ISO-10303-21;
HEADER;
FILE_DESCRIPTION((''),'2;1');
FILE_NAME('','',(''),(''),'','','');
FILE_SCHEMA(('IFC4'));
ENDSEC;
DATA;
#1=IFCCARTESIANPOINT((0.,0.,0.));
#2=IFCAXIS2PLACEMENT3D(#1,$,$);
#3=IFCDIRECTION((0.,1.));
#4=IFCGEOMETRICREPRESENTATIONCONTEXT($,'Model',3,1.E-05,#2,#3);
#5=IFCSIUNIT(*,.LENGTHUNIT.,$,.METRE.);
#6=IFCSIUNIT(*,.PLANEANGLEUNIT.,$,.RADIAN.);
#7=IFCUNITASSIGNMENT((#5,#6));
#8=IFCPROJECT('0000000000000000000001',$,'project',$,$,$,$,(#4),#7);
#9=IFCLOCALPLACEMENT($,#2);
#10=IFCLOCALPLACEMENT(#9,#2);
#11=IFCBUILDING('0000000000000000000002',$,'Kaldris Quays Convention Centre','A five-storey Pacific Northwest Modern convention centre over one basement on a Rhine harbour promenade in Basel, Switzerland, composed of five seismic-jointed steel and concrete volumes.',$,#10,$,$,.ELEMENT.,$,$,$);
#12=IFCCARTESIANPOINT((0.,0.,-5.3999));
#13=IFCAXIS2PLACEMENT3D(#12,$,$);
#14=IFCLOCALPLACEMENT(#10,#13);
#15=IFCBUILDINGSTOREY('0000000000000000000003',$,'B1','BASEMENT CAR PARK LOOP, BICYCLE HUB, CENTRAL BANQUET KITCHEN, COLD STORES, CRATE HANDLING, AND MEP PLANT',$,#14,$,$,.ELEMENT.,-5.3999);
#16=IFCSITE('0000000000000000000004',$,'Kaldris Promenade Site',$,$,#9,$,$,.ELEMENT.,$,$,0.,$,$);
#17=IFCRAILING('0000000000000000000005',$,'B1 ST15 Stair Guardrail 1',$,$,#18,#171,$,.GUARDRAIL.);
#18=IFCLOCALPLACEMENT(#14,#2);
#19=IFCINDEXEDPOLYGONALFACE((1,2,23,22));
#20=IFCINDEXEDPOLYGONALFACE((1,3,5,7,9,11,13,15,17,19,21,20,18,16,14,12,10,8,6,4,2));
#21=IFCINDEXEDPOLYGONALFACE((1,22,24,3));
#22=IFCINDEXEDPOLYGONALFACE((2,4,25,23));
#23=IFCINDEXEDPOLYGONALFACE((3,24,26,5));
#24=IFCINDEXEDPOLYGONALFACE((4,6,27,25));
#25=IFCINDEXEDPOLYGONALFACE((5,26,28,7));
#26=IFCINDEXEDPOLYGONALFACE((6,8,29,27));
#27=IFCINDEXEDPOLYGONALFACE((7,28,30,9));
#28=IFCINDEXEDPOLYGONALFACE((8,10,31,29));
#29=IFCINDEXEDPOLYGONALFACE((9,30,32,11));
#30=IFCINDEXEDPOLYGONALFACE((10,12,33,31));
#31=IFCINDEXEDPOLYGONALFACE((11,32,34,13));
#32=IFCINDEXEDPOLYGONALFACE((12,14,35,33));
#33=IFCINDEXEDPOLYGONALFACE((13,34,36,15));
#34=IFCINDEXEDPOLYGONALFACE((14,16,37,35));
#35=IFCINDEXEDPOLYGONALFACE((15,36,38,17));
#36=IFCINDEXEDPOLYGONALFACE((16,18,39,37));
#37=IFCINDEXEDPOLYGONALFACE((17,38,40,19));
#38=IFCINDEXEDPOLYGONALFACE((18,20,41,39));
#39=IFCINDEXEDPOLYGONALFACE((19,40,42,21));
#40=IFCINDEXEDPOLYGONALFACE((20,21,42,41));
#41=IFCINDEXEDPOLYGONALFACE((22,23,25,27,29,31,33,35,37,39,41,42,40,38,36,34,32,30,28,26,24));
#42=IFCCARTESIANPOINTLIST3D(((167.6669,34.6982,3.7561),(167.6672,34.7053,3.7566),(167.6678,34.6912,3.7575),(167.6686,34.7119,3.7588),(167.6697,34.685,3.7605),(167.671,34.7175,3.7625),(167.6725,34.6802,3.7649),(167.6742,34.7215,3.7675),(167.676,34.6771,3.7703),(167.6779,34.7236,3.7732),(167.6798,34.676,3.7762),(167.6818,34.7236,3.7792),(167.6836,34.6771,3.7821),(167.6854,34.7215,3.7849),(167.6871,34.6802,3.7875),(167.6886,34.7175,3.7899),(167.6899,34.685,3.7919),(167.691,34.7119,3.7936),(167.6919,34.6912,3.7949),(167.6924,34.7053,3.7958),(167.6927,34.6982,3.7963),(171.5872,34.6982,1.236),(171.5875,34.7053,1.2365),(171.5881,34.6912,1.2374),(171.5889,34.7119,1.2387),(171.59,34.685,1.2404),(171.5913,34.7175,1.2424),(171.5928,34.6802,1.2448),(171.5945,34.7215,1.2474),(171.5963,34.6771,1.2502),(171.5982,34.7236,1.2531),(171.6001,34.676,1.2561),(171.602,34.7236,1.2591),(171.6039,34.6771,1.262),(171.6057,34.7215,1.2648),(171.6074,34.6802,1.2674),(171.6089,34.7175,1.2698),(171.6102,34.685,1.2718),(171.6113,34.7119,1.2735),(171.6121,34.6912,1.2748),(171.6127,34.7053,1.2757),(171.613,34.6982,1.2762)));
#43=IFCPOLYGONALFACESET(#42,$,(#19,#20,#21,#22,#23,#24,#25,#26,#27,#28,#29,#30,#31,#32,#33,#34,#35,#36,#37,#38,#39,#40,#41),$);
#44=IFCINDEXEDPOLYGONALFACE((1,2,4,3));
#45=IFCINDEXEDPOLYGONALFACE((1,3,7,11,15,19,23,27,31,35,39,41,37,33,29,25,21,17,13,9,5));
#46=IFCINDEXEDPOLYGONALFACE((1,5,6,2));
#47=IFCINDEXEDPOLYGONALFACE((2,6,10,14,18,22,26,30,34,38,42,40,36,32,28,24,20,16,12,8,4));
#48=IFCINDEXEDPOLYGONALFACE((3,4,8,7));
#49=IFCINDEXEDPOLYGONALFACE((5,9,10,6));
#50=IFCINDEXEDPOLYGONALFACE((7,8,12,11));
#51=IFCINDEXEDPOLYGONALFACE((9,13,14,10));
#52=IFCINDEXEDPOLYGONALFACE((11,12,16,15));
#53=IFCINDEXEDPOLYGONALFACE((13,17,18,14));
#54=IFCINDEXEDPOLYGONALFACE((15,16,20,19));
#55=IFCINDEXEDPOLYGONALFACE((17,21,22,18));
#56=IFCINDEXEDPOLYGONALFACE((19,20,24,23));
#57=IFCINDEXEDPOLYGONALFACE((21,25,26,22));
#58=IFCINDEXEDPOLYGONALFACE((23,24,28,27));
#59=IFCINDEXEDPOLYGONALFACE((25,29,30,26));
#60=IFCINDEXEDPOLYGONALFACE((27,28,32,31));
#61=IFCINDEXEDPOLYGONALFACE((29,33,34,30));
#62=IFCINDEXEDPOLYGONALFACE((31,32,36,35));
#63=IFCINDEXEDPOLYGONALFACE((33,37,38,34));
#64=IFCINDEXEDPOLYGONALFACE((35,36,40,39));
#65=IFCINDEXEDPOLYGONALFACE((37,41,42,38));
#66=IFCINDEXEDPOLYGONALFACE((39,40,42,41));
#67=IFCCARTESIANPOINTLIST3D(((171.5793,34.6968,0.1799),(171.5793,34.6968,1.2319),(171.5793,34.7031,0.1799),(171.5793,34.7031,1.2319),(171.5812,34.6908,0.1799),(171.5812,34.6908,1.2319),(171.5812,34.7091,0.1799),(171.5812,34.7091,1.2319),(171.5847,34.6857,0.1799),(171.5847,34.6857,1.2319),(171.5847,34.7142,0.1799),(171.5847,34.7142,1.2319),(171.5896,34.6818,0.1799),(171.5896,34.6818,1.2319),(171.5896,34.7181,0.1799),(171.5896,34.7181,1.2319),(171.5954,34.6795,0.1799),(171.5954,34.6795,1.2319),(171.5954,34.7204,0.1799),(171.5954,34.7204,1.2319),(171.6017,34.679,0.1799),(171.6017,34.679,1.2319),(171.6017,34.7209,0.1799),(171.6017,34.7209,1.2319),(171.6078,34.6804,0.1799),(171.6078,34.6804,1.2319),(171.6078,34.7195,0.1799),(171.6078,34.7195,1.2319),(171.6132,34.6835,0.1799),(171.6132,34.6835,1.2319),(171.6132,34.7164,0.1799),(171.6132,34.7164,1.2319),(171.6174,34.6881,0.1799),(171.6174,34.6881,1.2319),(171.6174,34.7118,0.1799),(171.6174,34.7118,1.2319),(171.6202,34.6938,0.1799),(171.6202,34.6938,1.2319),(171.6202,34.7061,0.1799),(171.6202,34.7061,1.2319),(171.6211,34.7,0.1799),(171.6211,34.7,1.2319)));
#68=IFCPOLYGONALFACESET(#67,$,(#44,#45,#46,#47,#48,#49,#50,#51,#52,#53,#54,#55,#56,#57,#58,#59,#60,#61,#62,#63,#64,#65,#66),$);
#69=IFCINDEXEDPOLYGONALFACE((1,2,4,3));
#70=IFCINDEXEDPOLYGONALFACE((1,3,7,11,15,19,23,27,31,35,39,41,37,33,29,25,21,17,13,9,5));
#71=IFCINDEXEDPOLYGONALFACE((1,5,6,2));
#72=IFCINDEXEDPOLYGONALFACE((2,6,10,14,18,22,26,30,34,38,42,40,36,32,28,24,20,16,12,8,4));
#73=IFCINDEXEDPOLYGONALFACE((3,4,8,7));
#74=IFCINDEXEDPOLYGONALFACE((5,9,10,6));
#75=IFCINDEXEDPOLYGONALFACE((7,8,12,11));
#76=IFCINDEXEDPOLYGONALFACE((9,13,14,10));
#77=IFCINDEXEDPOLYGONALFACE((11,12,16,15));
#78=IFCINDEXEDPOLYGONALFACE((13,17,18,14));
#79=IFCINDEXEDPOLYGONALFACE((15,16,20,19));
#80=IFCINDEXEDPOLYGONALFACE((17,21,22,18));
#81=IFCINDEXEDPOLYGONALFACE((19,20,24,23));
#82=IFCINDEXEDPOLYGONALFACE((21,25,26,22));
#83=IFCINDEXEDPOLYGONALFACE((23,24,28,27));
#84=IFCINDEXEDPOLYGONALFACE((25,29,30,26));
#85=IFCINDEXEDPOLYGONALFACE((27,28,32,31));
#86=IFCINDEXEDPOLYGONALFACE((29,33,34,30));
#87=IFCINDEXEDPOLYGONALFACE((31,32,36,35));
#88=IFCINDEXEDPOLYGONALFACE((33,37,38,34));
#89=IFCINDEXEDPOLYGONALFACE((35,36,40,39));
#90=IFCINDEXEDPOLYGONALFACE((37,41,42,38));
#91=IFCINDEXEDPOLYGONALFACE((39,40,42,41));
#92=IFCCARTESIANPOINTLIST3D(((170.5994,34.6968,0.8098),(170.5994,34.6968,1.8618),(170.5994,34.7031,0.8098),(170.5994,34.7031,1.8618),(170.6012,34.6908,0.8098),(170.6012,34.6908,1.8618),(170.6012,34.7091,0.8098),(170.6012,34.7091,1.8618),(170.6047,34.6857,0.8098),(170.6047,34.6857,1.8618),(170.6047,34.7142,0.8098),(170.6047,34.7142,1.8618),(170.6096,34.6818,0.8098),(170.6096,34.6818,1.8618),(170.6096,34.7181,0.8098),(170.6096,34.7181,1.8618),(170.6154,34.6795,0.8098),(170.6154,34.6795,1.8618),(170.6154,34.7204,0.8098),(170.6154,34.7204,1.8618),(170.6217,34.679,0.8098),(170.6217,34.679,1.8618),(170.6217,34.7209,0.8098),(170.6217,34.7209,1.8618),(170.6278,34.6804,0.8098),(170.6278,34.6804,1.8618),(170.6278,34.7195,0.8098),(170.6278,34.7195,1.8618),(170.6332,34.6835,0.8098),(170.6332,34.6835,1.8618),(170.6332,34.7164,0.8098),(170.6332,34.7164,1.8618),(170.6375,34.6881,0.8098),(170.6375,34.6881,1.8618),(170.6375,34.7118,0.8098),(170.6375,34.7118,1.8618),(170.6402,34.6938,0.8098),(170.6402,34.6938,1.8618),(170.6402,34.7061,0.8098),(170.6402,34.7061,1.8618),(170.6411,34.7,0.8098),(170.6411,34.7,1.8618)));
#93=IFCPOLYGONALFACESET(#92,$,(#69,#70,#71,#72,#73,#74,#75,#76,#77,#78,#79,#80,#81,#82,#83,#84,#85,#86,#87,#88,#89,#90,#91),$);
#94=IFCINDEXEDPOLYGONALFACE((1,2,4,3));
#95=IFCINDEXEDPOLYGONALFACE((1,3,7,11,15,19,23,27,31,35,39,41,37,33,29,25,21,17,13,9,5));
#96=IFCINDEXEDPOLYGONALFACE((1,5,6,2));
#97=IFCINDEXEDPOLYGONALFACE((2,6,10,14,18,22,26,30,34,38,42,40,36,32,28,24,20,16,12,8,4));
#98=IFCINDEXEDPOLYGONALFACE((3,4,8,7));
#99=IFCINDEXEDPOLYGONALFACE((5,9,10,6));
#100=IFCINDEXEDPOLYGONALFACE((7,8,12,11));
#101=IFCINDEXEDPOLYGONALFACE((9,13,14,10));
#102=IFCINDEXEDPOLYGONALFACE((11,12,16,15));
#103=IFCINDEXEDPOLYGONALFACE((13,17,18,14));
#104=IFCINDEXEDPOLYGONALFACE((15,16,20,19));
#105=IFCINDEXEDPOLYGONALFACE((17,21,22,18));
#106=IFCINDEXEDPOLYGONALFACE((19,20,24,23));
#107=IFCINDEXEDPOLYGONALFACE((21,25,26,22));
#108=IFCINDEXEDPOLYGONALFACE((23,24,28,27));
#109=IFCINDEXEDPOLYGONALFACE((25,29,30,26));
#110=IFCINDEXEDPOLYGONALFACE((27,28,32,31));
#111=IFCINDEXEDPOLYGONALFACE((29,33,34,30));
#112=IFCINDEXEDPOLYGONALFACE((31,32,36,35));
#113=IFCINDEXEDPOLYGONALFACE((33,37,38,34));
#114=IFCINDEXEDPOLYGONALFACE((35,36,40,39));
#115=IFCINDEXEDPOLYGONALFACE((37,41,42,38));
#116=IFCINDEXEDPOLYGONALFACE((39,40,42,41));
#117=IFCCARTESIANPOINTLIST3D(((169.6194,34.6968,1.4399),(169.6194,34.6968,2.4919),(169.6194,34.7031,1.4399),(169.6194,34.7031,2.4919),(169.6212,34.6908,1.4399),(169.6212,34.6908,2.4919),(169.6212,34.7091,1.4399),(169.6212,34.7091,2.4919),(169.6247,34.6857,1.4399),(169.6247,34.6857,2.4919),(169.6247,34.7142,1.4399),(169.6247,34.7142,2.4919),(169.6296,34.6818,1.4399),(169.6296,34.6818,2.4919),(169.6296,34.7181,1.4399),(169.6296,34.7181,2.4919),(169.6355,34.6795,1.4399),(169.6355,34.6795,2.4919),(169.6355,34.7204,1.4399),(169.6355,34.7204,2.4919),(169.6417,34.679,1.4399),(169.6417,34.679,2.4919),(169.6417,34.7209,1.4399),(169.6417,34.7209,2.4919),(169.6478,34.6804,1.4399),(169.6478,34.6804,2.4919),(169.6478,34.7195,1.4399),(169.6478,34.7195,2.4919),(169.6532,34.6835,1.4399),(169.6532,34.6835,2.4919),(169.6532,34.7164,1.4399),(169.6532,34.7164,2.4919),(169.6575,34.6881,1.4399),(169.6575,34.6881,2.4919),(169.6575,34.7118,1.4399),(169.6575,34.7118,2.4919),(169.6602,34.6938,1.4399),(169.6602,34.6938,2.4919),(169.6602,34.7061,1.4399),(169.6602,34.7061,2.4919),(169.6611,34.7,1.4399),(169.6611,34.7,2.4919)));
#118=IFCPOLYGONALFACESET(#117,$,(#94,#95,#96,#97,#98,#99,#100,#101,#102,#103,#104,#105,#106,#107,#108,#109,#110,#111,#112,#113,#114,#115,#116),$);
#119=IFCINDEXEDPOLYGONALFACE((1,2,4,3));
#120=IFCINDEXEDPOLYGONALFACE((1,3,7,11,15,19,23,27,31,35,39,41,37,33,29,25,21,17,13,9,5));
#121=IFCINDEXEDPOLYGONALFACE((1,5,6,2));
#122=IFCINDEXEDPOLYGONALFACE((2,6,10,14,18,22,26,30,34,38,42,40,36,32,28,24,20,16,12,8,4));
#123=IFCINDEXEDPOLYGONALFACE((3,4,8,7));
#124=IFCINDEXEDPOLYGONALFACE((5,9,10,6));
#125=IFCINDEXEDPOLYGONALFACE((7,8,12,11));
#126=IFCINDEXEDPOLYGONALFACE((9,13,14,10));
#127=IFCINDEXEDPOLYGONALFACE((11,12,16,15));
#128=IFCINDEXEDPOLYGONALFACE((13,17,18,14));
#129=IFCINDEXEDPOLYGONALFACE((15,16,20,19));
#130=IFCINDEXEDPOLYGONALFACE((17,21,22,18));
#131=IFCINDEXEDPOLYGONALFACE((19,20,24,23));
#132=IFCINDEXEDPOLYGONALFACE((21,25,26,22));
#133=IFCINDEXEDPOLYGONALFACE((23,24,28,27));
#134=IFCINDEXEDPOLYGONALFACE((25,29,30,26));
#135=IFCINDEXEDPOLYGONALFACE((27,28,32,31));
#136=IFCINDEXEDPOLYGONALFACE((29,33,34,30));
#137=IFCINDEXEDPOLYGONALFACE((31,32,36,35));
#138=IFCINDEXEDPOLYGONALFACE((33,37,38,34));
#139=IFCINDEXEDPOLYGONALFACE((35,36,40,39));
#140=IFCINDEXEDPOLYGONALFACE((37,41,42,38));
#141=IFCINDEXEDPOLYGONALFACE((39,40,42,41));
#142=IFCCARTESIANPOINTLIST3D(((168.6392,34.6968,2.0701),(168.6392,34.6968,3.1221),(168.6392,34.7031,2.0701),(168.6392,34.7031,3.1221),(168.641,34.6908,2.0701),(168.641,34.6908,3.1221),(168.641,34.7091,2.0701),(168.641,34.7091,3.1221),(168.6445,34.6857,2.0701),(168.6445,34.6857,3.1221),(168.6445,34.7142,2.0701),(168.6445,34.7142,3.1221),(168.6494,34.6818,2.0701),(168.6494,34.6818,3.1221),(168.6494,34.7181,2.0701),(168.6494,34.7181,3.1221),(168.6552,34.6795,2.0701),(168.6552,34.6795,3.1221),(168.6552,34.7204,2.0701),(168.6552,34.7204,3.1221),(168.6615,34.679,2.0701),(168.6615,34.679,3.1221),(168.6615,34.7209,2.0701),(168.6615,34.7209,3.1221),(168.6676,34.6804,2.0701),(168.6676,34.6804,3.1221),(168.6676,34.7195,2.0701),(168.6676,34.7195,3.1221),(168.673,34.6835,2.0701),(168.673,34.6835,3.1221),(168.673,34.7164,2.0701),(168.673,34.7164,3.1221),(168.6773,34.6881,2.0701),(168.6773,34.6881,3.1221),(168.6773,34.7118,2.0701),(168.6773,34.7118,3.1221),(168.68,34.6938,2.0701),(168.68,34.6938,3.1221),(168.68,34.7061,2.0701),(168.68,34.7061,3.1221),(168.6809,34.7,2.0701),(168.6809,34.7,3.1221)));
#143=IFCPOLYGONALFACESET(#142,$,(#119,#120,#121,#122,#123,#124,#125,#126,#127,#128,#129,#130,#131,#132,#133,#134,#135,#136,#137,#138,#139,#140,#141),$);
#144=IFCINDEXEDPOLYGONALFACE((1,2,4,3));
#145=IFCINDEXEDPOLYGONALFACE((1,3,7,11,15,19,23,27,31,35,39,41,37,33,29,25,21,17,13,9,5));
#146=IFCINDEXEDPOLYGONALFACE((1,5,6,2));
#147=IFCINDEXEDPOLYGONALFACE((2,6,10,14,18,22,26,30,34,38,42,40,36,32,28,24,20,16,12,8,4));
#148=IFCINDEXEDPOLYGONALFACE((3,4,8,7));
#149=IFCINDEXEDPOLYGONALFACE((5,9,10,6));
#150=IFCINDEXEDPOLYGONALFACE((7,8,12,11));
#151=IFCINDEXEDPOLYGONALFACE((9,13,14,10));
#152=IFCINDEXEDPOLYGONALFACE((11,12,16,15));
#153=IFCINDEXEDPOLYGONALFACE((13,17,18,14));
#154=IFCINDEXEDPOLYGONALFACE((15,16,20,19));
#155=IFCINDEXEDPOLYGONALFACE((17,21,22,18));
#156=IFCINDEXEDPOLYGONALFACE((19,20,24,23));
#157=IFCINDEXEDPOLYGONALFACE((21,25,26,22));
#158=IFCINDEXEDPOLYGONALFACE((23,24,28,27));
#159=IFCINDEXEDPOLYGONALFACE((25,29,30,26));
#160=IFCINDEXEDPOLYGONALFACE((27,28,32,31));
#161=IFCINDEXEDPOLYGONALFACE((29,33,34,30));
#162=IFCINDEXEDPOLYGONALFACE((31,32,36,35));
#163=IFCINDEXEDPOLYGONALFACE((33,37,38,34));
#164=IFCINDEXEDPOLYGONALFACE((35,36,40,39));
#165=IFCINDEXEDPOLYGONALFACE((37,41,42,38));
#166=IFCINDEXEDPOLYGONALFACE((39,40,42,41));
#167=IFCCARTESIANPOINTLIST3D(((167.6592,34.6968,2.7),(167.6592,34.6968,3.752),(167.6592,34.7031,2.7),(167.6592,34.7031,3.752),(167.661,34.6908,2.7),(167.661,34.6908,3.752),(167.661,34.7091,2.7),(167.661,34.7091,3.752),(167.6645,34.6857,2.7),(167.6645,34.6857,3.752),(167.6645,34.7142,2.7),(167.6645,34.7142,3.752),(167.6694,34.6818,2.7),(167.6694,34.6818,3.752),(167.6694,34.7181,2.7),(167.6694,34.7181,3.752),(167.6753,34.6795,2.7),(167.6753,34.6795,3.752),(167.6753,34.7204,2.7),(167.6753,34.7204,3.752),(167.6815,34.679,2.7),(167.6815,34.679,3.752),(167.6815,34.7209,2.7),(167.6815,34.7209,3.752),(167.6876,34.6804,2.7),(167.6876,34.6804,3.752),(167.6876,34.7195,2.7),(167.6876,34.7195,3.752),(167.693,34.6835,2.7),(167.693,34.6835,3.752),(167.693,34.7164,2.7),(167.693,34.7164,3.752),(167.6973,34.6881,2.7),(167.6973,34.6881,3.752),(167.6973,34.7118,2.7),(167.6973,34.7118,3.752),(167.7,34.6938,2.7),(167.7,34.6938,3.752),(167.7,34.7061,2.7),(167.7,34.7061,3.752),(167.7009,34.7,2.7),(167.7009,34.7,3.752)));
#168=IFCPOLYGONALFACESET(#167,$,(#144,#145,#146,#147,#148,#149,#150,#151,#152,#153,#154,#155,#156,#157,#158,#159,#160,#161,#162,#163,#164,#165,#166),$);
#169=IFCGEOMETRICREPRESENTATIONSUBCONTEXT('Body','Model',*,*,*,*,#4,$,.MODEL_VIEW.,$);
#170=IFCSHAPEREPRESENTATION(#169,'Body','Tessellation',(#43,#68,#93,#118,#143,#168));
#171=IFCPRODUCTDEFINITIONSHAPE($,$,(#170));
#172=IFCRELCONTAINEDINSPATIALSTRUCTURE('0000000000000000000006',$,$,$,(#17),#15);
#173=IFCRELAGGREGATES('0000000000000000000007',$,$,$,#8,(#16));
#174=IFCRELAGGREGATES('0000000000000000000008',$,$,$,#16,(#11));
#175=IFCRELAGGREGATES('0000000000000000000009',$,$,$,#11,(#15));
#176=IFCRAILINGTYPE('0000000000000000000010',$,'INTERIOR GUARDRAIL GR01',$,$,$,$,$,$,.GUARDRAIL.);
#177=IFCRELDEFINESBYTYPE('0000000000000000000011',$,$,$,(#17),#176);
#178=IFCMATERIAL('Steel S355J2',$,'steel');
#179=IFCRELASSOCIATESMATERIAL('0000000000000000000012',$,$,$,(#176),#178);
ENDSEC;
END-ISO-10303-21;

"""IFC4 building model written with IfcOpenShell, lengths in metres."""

from ifc_helpers import new_model, si_unit, direction, frame, origin, origin_2d, place, context, subcontext, project, spatial, circle, extrude, material, type_object, element, save


model = new_model("IFC4")

# Units and contexts
model_context = context("Model", 3, precision=1e-05, world=origin(), true_north=direction((0.0, 1.0)))
body_context = subcontext(model_context, "Body", "Model", "MODEL_VIEW")
ifc_project = project(units=[si_unit("LENGTHUNIT", "METRE"), si_unit("PLANEANGLEUNIT", "RADIAN")], contexts=[model_context])

# Site, building, storey
site_placement = place(None, origin())
site = spatial("IfcSite", under=ifc_project, at=site_placement, Name="Kaldris Promenade Site", CompositionType="ELEMENT", RefElevation=0.0)
building_placement = place(site_placement, origin())
building = spatial("IfcBuilding", under=site, at=building_placement, Name="Kaldris Quays Convention Centre", Description="A five-storey Pacific Northwest Modern convention centre over one basement on a Rhine harbour promenade in Basel, Switzerland, composed of five seismic-jointed steel and concrete volumes.", CompositionType="ELEMENT")
storey_placement = place(building_placement, frame((0.0, 0.0, -5.3999)))
storey = spatial("IfcBuildingStorey", under=building, at=storey_placement, Name="B1", Description="BASEMENT CAR PARK LOOP, BICYCLE HUB, CENTRAL BANQUET KITCHEN, COLD STORES, CRATE HANDLING, AND MEP PLANT", CompositionType="ELEMENT", Elevation=-5.3999)

# Shared definitions
ifc_material_1 = material(Name="Steel S355J2", Category="steel")

# Railing
railing_type_1 = type_object("IfcRailingType", Name="INTERIOR GUARDRAIL GR01", PredefinedType="GUARDRAIL", material=ifc_material_1)
railing_1_placement = place(storey_placement, frame((171.6001, 34.7, 0.1799)))
element("IfcRailing", 1, at=railing_1_placement, inside=storey, type_object=railing_type_1, Name="B1 ST15 Stair Guardrail 1", PredefinedType="GUARDRAIL", context=body_context, shape_type="SweptSolid", body=[
    extrude(circle(Radius=0.0239, at=origin_2d()), frame((0.0, 0.0, 1.0762), z_axis=(-0.841187, 0.0, 0.540744), x_axis=(0.0, -1.0, 0.0)), (0.0, 0.0, 1.0), 4.6604),
    extrude(circle(Radius=0.021, at=origin_2d()), origin(), (0.0, 0.0, 1.0), 1.052),
    extrude(circle(Radius=0.021, at=origin_2d()), frame((-0.98, 0.0, 0.6299)), (0.0, 0.0, 1.0), 1.052),
    extrude(circle(Radius=0.021, at=origin_2d()), frame((-1.96, 0.0, 1.26)), (0.0, 0.0, 1.0), 1.052),
    extrude(circle(Radius=0.021, at=origin_2d()), frame((-2.9402, 0.0, 1.8901)), (0.0, 0.0, 1.0), 1.052),
    extrude(circle(Radius=0.021, at=origin_2d()), frame((-3.9202, 0.0, 2.52)), (0.0, 0.0, 1.0), 1.052),
])

save(model, "model.ifc")
